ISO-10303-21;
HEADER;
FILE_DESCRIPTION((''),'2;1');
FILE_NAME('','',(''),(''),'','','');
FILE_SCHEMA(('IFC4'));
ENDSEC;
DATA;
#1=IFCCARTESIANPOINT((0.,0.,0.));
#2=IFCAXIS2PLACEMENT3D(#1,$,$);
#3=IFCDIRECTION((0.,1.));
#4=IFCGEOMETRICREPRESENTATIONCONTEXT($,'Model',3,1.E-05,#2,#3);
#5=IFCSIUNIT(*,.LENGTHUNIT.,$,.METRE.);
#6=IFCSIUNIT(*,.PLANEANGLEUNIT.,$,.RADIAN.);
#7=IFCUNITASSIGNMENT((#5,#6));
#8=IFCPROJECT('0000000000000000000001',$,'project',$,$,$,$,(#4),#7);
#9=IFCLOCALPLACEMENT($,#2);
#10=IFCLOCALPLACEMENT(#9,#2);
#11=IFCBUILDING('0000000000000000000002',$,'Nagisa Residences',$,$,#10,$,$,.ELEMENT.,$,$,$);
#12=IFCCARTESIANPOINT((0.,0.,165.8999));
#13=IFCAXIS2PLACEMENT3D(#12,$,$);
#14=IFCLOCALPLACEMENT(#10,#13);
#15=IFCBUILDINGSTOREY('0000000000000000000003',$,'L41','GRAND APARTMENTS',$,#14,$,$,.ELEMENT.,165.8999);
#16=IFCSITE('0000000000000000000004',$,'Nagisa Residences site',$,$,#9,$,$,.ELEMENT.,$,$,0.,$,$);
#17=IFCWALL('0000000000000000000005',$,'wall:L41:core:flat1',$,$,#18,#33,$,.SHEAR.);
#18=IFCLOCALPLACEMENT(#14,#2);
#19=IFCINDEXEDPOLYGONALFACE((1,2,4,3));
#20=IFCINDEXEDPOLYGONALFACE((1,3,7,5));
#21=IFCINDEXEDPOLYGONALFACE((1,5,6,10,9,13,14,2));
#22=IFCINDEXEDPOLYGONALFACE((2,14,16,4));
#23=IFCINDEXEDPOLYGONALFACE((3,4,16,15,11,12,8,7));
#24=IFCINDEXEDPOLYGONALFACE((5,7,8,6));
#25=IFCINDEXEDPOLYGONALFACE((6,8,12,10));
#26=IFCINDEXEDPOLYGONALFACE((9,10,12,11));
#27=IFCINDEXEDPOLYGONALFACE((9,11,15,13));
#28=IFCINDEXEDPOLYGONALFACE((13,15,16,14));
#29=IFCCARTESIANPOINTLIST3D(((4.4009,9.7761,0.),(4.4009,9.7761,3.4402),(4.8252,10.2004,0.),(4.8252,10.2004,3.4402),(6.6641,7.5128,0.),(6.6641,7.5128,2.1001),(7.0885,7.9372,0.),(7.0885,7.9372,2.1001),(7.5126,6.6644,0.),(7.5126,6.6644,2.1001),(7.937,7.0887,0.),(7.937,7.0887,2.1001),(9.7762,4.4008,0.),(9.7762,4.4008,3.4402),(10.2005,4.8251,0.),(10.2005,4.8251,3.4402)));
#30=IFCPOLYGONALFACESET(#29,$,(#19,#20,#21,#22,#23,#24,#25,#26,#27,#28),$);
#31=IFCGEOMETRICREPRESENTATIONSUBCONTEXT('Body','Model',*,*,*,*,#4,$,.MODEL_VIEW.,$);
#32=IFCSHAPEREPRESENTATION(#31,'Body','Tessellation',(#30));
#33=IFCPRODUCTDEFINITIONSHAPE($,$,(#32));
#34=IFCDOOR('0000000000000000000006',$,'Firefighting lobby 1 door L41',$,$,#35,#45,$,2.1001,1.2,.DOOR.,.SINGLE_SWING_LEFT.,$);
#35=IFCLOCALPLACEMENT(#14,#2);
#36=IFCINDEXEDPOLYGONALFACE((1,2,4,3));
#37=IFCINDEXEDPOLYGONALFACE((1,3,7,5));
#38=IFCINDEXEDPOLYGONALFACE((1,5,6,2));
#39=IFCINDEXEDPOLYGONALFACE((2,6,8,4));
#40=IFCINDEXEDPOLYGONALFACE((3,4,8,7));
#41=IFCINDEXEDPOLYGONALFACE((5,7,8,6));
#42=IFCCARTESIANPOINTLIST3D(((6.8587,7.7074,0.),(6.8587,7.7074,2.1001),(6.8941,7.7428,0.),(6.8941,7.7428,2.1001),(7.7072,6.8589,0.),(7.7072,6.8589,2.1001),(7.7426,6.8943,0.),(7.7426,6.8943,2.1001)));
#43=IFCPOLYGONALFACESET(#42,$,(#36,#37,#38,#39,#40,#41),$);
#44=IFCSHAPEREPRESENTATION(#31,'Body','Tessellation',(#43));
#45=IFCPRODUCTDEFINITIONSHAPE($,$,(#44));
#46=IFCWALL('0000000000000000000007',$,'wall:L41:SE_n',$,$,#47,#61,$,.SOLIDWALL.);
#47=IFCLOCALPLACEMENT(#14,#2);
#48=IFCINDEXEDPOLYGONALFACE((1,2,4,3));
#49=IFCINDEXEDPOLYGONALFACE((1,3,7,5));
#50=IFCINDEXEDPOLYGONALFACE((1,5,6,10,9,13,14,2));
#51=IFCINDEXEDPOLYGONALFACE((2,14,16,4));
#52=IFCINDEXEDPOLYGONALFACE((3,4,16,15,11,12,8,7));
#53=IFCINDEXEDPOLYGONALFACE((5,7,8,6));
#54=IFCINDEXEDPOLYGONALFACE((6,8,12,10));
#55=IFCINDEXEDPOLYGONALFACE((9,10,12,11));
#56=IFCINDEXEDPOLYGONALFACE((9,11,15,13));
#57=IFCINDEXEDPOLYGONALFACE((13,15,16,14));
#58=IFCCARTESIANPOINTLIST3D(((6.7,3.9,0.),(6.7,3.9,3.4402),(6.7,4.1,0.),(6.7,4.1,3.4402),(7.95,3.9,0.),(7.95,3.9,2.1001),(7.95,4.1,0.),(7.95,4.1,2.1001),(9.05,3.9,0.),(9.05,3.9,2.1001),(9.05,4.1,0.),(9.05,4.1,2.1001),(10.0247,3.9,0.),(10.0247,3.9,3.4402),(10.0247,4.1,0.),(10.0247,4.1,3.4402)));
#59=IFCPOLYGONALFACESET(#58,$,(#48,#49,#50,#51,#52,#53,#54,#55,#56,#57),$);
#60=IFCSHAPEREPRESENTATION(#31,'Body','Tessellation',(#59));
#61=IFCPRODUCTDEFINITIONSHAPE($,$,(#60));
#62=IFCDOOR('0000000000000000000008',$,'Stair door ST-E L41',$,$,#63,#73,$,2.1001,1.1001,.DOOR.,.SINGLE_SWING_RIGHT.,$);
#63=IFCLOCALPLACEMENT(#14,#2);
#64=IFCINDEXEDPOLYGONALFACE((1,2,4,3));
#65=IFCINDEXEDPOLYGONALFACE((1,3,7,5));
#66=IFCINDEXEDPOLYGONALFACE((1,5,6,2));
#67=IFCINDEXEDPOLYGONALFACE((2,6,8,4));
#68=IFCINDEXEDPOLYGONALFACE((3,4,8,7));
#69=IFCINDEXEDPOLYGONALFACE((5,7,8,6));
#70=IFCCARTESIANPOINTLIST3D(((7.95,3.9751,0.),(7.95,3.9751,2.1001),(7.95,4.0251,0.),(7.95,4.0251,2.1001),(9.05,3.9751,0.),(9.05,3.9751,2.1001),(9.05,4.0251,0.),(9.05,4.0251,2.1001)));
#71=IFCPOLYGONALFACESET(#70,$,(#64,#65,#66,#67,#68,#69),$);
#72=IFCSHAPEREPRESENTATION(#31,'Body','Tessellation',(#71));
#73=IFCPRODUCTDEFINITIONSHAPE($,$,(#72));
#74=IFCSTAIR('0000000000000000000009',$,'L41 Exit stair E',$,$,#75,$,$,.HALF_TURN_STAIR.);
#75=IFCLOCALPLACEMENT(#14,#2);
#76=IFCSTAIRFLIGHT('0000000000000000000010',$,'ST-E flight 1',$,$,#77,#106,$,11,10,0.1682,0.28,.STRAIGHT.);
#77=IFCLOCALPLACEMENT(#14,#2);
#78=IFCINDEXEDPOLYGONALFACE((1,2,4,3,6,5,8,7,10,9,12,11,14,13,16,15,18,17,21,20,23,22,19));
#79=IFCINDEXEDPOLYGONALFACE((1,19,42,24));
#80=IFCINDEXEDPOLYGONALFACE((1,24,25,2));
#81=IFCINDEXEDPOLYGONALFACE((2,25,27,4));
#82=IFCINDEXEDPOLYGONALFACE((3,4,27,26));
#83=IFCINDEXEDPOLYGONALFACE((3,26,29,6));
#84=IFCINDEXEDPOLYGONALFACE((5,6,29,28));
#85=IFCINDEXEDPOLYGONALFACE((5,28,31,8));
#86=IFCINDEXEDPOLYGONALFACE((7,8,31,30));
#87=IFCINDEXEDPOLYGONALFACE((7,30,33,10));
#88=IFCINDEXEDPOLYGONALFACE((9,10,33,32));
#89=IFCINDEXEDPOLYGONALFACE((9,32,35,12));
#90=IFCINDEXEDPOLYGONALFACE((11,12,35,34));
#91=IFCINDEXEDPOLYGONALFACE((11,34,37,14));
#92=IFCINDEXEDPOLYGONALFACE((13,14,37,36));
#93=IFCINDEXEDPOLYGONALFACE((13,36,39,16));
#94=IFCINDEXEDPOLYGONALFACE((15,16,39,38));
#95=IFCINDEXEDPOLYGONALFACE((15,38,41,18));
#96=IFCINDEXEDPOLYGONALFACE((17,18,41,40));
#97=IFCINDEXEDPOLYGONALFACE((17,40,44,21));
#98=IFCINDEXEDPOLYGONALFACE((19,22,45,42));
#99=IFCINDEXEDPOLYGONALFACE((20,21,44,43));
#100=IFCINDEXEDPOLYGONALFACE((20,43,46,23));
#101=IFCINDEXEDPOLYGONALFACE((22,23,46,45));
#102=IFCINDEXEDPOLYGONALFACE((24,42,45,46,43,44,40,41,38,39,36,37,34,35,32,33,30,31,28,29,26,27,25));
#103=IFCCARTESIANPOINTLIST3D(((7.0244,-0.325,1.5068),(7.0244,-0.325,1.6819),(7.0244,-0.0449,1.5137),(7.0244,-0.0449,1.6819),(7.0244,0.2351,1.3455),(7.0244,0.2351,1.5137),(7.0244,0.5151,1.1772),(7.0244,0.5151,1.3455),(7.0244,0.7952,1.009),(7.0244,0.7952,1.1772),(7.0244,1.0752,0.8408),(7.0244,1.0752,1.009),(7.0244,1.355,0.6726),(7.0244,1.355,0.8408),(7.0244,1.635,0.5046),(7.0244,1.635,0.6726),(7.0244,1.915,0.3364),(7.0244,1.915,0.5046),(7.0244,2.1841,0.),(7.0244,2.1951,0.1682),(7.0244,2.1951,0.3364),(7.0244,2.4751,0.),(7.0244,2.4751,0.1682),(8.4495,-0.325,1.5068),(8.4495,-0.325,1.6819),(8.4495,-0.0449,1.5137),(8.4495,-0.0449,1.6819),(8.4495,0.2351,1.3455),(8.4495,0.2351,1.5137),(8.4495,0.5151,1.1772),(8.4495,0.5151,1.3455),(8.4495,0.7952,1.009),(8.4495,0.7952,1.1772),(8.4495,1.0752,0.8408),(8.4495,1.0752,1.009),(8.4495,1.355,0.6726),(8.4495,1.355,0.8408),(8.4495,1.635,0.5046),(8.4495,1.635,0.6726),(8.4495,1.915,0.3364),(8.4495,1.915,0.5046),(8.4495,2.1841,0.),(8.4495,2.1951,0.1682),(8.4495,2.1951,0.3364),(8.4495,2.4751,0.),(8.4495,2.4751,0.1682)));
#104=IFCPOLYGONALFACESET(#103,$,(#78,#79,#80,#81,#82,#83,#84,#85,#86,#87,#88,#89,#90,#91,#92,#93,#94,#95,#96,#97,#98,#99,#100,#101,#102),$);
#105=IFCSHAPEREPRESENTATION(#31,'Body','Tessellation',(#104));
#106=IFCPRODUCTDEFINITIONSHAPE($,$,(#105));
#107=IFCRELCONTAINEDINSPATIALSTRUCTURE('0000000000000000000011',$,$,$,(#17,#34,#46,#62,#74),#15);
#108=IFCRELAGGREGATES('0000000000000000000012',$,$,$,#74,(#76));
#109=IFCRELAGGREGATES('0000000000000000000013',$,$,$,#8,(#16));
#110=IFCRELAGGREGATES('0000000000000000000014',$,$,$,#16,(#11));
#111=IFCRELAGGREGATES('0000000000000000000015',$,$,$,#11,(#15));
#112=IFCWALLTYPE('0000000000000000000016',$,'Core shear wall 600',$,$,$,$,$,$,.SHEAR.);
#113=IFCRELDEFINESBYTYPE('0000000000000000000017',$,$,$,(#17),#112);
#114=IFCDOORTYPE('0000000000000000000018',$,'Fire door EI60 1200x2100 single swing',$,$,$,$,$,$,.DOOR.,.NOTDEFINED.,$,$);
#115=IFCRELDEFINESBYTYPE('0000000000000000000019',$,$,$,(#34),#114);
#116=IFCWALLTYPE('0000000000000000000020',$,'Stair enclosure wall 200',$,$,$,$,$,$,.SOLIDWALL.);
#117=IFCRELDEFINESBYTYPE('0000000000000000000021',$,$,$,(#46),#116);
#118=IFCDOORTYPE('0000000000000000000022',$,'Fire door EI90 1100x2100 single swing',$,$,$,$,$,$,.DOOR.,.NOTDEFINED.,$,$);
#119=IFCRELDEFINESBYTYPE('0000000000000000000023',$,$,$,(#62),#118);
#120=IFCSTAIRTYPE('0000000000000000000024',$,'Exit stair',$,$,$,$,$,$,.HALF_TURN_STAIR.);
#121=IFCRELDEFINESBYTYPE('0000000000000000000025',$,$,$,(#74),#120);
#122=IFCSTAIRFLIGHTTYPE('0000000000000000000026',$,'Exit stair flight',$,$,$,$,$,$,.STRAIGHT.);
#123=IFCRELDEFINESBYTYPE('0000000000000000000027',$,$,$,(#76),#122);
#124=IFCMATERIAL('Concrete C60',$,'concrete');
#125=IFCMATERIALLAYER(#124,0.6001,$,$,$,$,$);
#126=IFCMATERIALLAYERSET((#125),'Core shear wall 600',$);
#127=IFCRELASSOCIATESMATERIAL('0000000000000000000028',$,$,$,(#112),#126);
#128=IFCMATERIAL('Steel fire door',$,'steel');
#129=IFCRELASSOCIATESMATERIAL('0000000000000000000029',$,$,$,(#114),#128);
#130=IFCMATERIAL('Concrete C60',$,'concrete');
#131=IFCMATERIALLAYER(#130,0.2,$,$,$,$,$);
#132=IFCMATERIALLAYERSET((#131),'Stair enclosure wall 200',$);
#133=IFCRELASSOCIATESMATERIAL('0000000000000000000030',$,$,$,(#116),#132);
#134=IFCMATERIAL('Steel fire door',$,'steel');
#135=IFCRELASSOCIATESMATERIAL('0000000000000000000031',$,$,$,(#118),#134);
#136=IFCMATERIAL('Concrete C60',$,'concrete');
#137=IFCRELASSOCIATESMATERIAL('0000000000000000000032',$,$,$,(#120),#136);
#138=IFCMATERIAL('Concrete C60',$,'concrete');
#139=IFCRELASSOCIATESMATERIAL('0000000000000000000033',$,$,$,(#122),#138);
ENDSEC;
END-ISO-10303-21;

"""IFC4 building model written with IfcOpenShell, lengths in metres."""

from ifc_helpers import new_model, si_unit, direction, frame, frame_2d, origin, place, context, subcontext, project, spatial, polyline, rectangle, outline, extrude, material, layer, layer_set, type_object, element, fill, aggregate, save


model = new_model("IFC4")

# Units and contexts
model_context = context("Model", 3, precision=1e-05, world=origin(), true_north=direction((0.0, 1.0)))
body_context = subcontext(model_context, "Body", "Model", "MODEL_VIEW")
ifc_project = project(units=[si_unit("LENGTHUNIT", "METRE"), si_unit("PLANEANGLEUNIT", "RADIAN")], contexts=[model_context])

# Site, building, storey
site_placement = place(None, origin())
site = spatial("IfcSite", under=ifc_project, at=site_placement, Name="Nagisa Residences site", CompositionType="ELEMENT", RefElevation=0.0)
building_placement = place(site_placement, origin())
building = spatial("IfcBuilding", under=site, at=building_placement, Name="Nagisa Residences", CompositionType="ELEMENT")
storey_placement = place(building_placement, frame((0.0, 0.0, 165.8999)))
storey = spatial("IfcBuildingStorey", under=building, at=storey_placement, Name="L41", Description="GRAND APARTMENTS", CompositionType="ELEMENT", Elevation=165.8999)

# Walls, openings, doors
ifc_material_1 = material(Name="Concrete C60", Category="concrete")
ifc_layer_1 = layer(ifc_material_1, 0.6001)
ifc_layer_set_1 = layer_set([ifc_layer_1], Name="Core shear wall 600")
wall_type_1 = type_object("IfcWallType", Name="Core shear wall 600", PredefinedType="SHEAR", material=ifc_layer_set_1)
wall_1_placement = place(storey_placement, frame((9.9883, 4.613, 0.0), z_axis=(0.0, 0.0, 1.0), x_axis=(-0.707107, 0.707107, 0.0)))
wall_1 = element("IfcWall", 1, at=wall_1_placement, inside=storey, type_object=wall_type_1, Name="wall:L41:core:flat1", PredefinedType="SHEAR", context=body_context, shape_type="SweptSolid", body=[
    extrude(rectangle(XDim=7.6018, YDim=0.6001, at=frame_2d((3.8008, 0.0))), origin(), (0.0, 0.0, 1.0), 3.4402),
])
opening_1_placement = place(wall_1_placement, frame((3.2009, 0.0, 0.0)))
opening_1 = element("IfcOpeningElement", 2, at=opening_1_placement, cuts=wall_1, PredefinedType="OPENING", context=body_context, shape_type="SweptSolid", body=[
    extrude(rectangle(XDim=1.2, YDim=2.1001, at=frame_2d((0.6001, 1.05))), frame((0.0, 0.3101, 0.0), z_axis=(0.0, -1.0, 0.0), x_axis=(1.0, 0.0, 0.0)), (0.0, 0.0, 1.0), 0.6201),
])
ifc_material_2 = material(Name="Steel fire door", Category="steel")
door_type_1 = type_object("IfcDoorType", Name="Fire door EI60 1200x2100 single swing", OperationType="NOTDEFINED", PredefinedType="DOOR", material=ifc_material_2)
door_1_placement = place(opening_1_placement, origin())
door_1 = element("IfcDoor", 3, at=door_1_placement, inside=storey, type_object=door_type_1, Name="Firefighting lobby 1 door L41", OperationType="SINGLE_SWING_LEFT", OverallHeight=2.1001, OverallWidth=1.2, PredefinedType="DOOR", context=body_context, shape_type="SweptSolid", body=[
    extrude(rectangle(XDim=1.2, YDim=2.1001, at=frame_2d((0.6001, 1.05))), frame((0.0, 0.0249, 0.0), z_axis=(0.0, -1.0, 0.0), x_axis=(1.0, 0.0, 0.0)), (0.0, 0.0, 1.0), 0.05),
])
fill(opening_1, door_1)
ifc_material_3 = material(Name="Concrete C60", Category="concrete")
ifc_layer_2 = layer(ifc_material_3, 0.2)
ifc_layer_set_2 = layer_set([ifc_layer_2], Name="Stair enclosure wall 200")
wall_type_2 = type_object("IfcWallType", Name="Stair enclosure wall 200", PredefinedType="SOLIDWALL", material=ifc_layer_set_2)
wall_2_placement = place(storey_placement, frame((6.7, 4.0, 0.0), z_axis=(0.0, 0.0, 1.0), x_axis=(1.0, 0.0, 0.0)))
wall_2 = element("IfcWall", 4, at=wall_2_placement, inside=storey, type_object=wall_type_2, Name="wall:L41:SE_n", PredefinedType="SOLIDWALL", context=body_context, shape_type="SweptSolid", body=[
    extrude(rectangle(XDim=3.3247, YDim=0.2, at=frame_2d((1.6624, 0.0))), origin(), (0.0, 0.0, 1.0), 3.4402),
])
opening_2_placement = place(wall_2_placement, frame((1.25, 0.0, 0.0)))
opening_2 = element("IfcOpeningElement", 5, at=opening_2_placement, cuts=wall_2, PredefinedType="OPENING", context=body_context, shape_type="SweptSolid", body=[
    extrude(rectangle(XDim=1.1001, YDim=2.1001, at=frame_2d((0.55, 1.05))), frame((0.0, 0.1099, 0.0), z_axis=(0.0, -1.0, 0.0), x_axis=(1.0, 0.0, 0.0)), (0.0, 0.0, 1.0), 0.22),
])
ifc_material_4 = material(Name="Steel fire door", Category="steel")
door_type_2 = type_object("IfcDoorType", Name="Fire door EI90 1100x2100 single swing", OperationType="NOTDEFINED", PredefinedType="DOOR", material=ifc_material_4)
door_2_placement = place(opening_2_placement, frame((1.1001, 0.0, 0.0), x_axis=(-1.0, 0.0, 0.0)))
door_2 = element("IfcDoor", 6, at=door_2_placement, inside=storey, type_object=door_type_2, Name="Stair door ST-E L41", OperationType="SINGLE_SWING_RIGHT", OverallHeight=2.1001, OverallWidth=1.1001, PredefinedType="DOOR", context=body_context, shape_type="SweptSolid", body=[
    extrude(rectangle(XDim=1.1001, YDim=2.1001, at=frame_2d((0.55, 1.05))), frame((0.0, 0.0249, 0.0), z_axis=(0.0, -1.0, 0.0), x_axis=(1.0, 0.0, 0.0)), (0.0, 0.0, 1.0), 0.05),
])
fill(opening_2, door_2)

# Stair, stair flight
ifc_material_5 = material(Name="Concrete C60", Category="concrete")
stair_type = type_object("IfcStairType", Name="Exit stair", PredefinedType="HALF_TURN_STAIR", material=ifc_material_5)
stair_placement = place(storey_placement, origin())
stair = element("IfcStair", 7, at=stair_placement, inside=storey, type_object=stair_type, Name="L41 Exit stair E", PredefinedType="HALF_TURN_STAIR")
ifc_material_6 = material(Name="Concrete C60", Category="concrete")
stair_flight_type = type_object("IfcStairFlightType", Name="Exit stair flight", PredefinedType="STRAIGHT", material=ifc_material_6)
stair_flight_placement = place(storey_placement, frame((7.7371, 2.4751, 0.0), z_axis=(0.0, 0.0, 1.0), x_axis=(0.0, -1.0, 0.0)))
stair_flight = element("IfcStairFlight", 8, at=stair_flight_placement, type_object=stair_flight_type, Name="ST-E flight 1", NumberOfRisers=11, NumberOfTreads=10, PredefinedType="STRAIGHT", RiserHeight=0.1682, TreadLength=0.28, context=body_context, shape_type="SweptSolid", body=[
    extrude(outline(polyline([(0.0, 0.0), (0.0, 0.1682), (0.28, 0.1682), (0.28, 0.3364), (0.5601, 0.3364), (0.5601, 0.5046), (0.8401, 0.5046), (0.8401, 0.6726), (1.1201, 0.6726), (1.1201, 0.8408), (1.3999, 0.8408), (1.3999, 1.009), (1.6799, 1.009), (1.6799, 1.1772), (1.96, 1.1772), (1.96, 1.3455), (2.24, 1.3455), (2.24, 1.5137), (2.52, 1.5137), (2.52, 1.6819), (2.8, 1.6819), (2.8, 1.8501), (2.8, 1.5068), (0.291, 0.0), (0.0, 0.0)])), frame((0.0, 0.7124, 0.0), z_axis=(0.0, -1.0, 0.0), x_axis=(1.0, 0.0, 0.0)), (0.0, 0.0, 1.0), 1.425),
])
aggregate(stair, [stair_flight])

save(model, "model.ifc")
